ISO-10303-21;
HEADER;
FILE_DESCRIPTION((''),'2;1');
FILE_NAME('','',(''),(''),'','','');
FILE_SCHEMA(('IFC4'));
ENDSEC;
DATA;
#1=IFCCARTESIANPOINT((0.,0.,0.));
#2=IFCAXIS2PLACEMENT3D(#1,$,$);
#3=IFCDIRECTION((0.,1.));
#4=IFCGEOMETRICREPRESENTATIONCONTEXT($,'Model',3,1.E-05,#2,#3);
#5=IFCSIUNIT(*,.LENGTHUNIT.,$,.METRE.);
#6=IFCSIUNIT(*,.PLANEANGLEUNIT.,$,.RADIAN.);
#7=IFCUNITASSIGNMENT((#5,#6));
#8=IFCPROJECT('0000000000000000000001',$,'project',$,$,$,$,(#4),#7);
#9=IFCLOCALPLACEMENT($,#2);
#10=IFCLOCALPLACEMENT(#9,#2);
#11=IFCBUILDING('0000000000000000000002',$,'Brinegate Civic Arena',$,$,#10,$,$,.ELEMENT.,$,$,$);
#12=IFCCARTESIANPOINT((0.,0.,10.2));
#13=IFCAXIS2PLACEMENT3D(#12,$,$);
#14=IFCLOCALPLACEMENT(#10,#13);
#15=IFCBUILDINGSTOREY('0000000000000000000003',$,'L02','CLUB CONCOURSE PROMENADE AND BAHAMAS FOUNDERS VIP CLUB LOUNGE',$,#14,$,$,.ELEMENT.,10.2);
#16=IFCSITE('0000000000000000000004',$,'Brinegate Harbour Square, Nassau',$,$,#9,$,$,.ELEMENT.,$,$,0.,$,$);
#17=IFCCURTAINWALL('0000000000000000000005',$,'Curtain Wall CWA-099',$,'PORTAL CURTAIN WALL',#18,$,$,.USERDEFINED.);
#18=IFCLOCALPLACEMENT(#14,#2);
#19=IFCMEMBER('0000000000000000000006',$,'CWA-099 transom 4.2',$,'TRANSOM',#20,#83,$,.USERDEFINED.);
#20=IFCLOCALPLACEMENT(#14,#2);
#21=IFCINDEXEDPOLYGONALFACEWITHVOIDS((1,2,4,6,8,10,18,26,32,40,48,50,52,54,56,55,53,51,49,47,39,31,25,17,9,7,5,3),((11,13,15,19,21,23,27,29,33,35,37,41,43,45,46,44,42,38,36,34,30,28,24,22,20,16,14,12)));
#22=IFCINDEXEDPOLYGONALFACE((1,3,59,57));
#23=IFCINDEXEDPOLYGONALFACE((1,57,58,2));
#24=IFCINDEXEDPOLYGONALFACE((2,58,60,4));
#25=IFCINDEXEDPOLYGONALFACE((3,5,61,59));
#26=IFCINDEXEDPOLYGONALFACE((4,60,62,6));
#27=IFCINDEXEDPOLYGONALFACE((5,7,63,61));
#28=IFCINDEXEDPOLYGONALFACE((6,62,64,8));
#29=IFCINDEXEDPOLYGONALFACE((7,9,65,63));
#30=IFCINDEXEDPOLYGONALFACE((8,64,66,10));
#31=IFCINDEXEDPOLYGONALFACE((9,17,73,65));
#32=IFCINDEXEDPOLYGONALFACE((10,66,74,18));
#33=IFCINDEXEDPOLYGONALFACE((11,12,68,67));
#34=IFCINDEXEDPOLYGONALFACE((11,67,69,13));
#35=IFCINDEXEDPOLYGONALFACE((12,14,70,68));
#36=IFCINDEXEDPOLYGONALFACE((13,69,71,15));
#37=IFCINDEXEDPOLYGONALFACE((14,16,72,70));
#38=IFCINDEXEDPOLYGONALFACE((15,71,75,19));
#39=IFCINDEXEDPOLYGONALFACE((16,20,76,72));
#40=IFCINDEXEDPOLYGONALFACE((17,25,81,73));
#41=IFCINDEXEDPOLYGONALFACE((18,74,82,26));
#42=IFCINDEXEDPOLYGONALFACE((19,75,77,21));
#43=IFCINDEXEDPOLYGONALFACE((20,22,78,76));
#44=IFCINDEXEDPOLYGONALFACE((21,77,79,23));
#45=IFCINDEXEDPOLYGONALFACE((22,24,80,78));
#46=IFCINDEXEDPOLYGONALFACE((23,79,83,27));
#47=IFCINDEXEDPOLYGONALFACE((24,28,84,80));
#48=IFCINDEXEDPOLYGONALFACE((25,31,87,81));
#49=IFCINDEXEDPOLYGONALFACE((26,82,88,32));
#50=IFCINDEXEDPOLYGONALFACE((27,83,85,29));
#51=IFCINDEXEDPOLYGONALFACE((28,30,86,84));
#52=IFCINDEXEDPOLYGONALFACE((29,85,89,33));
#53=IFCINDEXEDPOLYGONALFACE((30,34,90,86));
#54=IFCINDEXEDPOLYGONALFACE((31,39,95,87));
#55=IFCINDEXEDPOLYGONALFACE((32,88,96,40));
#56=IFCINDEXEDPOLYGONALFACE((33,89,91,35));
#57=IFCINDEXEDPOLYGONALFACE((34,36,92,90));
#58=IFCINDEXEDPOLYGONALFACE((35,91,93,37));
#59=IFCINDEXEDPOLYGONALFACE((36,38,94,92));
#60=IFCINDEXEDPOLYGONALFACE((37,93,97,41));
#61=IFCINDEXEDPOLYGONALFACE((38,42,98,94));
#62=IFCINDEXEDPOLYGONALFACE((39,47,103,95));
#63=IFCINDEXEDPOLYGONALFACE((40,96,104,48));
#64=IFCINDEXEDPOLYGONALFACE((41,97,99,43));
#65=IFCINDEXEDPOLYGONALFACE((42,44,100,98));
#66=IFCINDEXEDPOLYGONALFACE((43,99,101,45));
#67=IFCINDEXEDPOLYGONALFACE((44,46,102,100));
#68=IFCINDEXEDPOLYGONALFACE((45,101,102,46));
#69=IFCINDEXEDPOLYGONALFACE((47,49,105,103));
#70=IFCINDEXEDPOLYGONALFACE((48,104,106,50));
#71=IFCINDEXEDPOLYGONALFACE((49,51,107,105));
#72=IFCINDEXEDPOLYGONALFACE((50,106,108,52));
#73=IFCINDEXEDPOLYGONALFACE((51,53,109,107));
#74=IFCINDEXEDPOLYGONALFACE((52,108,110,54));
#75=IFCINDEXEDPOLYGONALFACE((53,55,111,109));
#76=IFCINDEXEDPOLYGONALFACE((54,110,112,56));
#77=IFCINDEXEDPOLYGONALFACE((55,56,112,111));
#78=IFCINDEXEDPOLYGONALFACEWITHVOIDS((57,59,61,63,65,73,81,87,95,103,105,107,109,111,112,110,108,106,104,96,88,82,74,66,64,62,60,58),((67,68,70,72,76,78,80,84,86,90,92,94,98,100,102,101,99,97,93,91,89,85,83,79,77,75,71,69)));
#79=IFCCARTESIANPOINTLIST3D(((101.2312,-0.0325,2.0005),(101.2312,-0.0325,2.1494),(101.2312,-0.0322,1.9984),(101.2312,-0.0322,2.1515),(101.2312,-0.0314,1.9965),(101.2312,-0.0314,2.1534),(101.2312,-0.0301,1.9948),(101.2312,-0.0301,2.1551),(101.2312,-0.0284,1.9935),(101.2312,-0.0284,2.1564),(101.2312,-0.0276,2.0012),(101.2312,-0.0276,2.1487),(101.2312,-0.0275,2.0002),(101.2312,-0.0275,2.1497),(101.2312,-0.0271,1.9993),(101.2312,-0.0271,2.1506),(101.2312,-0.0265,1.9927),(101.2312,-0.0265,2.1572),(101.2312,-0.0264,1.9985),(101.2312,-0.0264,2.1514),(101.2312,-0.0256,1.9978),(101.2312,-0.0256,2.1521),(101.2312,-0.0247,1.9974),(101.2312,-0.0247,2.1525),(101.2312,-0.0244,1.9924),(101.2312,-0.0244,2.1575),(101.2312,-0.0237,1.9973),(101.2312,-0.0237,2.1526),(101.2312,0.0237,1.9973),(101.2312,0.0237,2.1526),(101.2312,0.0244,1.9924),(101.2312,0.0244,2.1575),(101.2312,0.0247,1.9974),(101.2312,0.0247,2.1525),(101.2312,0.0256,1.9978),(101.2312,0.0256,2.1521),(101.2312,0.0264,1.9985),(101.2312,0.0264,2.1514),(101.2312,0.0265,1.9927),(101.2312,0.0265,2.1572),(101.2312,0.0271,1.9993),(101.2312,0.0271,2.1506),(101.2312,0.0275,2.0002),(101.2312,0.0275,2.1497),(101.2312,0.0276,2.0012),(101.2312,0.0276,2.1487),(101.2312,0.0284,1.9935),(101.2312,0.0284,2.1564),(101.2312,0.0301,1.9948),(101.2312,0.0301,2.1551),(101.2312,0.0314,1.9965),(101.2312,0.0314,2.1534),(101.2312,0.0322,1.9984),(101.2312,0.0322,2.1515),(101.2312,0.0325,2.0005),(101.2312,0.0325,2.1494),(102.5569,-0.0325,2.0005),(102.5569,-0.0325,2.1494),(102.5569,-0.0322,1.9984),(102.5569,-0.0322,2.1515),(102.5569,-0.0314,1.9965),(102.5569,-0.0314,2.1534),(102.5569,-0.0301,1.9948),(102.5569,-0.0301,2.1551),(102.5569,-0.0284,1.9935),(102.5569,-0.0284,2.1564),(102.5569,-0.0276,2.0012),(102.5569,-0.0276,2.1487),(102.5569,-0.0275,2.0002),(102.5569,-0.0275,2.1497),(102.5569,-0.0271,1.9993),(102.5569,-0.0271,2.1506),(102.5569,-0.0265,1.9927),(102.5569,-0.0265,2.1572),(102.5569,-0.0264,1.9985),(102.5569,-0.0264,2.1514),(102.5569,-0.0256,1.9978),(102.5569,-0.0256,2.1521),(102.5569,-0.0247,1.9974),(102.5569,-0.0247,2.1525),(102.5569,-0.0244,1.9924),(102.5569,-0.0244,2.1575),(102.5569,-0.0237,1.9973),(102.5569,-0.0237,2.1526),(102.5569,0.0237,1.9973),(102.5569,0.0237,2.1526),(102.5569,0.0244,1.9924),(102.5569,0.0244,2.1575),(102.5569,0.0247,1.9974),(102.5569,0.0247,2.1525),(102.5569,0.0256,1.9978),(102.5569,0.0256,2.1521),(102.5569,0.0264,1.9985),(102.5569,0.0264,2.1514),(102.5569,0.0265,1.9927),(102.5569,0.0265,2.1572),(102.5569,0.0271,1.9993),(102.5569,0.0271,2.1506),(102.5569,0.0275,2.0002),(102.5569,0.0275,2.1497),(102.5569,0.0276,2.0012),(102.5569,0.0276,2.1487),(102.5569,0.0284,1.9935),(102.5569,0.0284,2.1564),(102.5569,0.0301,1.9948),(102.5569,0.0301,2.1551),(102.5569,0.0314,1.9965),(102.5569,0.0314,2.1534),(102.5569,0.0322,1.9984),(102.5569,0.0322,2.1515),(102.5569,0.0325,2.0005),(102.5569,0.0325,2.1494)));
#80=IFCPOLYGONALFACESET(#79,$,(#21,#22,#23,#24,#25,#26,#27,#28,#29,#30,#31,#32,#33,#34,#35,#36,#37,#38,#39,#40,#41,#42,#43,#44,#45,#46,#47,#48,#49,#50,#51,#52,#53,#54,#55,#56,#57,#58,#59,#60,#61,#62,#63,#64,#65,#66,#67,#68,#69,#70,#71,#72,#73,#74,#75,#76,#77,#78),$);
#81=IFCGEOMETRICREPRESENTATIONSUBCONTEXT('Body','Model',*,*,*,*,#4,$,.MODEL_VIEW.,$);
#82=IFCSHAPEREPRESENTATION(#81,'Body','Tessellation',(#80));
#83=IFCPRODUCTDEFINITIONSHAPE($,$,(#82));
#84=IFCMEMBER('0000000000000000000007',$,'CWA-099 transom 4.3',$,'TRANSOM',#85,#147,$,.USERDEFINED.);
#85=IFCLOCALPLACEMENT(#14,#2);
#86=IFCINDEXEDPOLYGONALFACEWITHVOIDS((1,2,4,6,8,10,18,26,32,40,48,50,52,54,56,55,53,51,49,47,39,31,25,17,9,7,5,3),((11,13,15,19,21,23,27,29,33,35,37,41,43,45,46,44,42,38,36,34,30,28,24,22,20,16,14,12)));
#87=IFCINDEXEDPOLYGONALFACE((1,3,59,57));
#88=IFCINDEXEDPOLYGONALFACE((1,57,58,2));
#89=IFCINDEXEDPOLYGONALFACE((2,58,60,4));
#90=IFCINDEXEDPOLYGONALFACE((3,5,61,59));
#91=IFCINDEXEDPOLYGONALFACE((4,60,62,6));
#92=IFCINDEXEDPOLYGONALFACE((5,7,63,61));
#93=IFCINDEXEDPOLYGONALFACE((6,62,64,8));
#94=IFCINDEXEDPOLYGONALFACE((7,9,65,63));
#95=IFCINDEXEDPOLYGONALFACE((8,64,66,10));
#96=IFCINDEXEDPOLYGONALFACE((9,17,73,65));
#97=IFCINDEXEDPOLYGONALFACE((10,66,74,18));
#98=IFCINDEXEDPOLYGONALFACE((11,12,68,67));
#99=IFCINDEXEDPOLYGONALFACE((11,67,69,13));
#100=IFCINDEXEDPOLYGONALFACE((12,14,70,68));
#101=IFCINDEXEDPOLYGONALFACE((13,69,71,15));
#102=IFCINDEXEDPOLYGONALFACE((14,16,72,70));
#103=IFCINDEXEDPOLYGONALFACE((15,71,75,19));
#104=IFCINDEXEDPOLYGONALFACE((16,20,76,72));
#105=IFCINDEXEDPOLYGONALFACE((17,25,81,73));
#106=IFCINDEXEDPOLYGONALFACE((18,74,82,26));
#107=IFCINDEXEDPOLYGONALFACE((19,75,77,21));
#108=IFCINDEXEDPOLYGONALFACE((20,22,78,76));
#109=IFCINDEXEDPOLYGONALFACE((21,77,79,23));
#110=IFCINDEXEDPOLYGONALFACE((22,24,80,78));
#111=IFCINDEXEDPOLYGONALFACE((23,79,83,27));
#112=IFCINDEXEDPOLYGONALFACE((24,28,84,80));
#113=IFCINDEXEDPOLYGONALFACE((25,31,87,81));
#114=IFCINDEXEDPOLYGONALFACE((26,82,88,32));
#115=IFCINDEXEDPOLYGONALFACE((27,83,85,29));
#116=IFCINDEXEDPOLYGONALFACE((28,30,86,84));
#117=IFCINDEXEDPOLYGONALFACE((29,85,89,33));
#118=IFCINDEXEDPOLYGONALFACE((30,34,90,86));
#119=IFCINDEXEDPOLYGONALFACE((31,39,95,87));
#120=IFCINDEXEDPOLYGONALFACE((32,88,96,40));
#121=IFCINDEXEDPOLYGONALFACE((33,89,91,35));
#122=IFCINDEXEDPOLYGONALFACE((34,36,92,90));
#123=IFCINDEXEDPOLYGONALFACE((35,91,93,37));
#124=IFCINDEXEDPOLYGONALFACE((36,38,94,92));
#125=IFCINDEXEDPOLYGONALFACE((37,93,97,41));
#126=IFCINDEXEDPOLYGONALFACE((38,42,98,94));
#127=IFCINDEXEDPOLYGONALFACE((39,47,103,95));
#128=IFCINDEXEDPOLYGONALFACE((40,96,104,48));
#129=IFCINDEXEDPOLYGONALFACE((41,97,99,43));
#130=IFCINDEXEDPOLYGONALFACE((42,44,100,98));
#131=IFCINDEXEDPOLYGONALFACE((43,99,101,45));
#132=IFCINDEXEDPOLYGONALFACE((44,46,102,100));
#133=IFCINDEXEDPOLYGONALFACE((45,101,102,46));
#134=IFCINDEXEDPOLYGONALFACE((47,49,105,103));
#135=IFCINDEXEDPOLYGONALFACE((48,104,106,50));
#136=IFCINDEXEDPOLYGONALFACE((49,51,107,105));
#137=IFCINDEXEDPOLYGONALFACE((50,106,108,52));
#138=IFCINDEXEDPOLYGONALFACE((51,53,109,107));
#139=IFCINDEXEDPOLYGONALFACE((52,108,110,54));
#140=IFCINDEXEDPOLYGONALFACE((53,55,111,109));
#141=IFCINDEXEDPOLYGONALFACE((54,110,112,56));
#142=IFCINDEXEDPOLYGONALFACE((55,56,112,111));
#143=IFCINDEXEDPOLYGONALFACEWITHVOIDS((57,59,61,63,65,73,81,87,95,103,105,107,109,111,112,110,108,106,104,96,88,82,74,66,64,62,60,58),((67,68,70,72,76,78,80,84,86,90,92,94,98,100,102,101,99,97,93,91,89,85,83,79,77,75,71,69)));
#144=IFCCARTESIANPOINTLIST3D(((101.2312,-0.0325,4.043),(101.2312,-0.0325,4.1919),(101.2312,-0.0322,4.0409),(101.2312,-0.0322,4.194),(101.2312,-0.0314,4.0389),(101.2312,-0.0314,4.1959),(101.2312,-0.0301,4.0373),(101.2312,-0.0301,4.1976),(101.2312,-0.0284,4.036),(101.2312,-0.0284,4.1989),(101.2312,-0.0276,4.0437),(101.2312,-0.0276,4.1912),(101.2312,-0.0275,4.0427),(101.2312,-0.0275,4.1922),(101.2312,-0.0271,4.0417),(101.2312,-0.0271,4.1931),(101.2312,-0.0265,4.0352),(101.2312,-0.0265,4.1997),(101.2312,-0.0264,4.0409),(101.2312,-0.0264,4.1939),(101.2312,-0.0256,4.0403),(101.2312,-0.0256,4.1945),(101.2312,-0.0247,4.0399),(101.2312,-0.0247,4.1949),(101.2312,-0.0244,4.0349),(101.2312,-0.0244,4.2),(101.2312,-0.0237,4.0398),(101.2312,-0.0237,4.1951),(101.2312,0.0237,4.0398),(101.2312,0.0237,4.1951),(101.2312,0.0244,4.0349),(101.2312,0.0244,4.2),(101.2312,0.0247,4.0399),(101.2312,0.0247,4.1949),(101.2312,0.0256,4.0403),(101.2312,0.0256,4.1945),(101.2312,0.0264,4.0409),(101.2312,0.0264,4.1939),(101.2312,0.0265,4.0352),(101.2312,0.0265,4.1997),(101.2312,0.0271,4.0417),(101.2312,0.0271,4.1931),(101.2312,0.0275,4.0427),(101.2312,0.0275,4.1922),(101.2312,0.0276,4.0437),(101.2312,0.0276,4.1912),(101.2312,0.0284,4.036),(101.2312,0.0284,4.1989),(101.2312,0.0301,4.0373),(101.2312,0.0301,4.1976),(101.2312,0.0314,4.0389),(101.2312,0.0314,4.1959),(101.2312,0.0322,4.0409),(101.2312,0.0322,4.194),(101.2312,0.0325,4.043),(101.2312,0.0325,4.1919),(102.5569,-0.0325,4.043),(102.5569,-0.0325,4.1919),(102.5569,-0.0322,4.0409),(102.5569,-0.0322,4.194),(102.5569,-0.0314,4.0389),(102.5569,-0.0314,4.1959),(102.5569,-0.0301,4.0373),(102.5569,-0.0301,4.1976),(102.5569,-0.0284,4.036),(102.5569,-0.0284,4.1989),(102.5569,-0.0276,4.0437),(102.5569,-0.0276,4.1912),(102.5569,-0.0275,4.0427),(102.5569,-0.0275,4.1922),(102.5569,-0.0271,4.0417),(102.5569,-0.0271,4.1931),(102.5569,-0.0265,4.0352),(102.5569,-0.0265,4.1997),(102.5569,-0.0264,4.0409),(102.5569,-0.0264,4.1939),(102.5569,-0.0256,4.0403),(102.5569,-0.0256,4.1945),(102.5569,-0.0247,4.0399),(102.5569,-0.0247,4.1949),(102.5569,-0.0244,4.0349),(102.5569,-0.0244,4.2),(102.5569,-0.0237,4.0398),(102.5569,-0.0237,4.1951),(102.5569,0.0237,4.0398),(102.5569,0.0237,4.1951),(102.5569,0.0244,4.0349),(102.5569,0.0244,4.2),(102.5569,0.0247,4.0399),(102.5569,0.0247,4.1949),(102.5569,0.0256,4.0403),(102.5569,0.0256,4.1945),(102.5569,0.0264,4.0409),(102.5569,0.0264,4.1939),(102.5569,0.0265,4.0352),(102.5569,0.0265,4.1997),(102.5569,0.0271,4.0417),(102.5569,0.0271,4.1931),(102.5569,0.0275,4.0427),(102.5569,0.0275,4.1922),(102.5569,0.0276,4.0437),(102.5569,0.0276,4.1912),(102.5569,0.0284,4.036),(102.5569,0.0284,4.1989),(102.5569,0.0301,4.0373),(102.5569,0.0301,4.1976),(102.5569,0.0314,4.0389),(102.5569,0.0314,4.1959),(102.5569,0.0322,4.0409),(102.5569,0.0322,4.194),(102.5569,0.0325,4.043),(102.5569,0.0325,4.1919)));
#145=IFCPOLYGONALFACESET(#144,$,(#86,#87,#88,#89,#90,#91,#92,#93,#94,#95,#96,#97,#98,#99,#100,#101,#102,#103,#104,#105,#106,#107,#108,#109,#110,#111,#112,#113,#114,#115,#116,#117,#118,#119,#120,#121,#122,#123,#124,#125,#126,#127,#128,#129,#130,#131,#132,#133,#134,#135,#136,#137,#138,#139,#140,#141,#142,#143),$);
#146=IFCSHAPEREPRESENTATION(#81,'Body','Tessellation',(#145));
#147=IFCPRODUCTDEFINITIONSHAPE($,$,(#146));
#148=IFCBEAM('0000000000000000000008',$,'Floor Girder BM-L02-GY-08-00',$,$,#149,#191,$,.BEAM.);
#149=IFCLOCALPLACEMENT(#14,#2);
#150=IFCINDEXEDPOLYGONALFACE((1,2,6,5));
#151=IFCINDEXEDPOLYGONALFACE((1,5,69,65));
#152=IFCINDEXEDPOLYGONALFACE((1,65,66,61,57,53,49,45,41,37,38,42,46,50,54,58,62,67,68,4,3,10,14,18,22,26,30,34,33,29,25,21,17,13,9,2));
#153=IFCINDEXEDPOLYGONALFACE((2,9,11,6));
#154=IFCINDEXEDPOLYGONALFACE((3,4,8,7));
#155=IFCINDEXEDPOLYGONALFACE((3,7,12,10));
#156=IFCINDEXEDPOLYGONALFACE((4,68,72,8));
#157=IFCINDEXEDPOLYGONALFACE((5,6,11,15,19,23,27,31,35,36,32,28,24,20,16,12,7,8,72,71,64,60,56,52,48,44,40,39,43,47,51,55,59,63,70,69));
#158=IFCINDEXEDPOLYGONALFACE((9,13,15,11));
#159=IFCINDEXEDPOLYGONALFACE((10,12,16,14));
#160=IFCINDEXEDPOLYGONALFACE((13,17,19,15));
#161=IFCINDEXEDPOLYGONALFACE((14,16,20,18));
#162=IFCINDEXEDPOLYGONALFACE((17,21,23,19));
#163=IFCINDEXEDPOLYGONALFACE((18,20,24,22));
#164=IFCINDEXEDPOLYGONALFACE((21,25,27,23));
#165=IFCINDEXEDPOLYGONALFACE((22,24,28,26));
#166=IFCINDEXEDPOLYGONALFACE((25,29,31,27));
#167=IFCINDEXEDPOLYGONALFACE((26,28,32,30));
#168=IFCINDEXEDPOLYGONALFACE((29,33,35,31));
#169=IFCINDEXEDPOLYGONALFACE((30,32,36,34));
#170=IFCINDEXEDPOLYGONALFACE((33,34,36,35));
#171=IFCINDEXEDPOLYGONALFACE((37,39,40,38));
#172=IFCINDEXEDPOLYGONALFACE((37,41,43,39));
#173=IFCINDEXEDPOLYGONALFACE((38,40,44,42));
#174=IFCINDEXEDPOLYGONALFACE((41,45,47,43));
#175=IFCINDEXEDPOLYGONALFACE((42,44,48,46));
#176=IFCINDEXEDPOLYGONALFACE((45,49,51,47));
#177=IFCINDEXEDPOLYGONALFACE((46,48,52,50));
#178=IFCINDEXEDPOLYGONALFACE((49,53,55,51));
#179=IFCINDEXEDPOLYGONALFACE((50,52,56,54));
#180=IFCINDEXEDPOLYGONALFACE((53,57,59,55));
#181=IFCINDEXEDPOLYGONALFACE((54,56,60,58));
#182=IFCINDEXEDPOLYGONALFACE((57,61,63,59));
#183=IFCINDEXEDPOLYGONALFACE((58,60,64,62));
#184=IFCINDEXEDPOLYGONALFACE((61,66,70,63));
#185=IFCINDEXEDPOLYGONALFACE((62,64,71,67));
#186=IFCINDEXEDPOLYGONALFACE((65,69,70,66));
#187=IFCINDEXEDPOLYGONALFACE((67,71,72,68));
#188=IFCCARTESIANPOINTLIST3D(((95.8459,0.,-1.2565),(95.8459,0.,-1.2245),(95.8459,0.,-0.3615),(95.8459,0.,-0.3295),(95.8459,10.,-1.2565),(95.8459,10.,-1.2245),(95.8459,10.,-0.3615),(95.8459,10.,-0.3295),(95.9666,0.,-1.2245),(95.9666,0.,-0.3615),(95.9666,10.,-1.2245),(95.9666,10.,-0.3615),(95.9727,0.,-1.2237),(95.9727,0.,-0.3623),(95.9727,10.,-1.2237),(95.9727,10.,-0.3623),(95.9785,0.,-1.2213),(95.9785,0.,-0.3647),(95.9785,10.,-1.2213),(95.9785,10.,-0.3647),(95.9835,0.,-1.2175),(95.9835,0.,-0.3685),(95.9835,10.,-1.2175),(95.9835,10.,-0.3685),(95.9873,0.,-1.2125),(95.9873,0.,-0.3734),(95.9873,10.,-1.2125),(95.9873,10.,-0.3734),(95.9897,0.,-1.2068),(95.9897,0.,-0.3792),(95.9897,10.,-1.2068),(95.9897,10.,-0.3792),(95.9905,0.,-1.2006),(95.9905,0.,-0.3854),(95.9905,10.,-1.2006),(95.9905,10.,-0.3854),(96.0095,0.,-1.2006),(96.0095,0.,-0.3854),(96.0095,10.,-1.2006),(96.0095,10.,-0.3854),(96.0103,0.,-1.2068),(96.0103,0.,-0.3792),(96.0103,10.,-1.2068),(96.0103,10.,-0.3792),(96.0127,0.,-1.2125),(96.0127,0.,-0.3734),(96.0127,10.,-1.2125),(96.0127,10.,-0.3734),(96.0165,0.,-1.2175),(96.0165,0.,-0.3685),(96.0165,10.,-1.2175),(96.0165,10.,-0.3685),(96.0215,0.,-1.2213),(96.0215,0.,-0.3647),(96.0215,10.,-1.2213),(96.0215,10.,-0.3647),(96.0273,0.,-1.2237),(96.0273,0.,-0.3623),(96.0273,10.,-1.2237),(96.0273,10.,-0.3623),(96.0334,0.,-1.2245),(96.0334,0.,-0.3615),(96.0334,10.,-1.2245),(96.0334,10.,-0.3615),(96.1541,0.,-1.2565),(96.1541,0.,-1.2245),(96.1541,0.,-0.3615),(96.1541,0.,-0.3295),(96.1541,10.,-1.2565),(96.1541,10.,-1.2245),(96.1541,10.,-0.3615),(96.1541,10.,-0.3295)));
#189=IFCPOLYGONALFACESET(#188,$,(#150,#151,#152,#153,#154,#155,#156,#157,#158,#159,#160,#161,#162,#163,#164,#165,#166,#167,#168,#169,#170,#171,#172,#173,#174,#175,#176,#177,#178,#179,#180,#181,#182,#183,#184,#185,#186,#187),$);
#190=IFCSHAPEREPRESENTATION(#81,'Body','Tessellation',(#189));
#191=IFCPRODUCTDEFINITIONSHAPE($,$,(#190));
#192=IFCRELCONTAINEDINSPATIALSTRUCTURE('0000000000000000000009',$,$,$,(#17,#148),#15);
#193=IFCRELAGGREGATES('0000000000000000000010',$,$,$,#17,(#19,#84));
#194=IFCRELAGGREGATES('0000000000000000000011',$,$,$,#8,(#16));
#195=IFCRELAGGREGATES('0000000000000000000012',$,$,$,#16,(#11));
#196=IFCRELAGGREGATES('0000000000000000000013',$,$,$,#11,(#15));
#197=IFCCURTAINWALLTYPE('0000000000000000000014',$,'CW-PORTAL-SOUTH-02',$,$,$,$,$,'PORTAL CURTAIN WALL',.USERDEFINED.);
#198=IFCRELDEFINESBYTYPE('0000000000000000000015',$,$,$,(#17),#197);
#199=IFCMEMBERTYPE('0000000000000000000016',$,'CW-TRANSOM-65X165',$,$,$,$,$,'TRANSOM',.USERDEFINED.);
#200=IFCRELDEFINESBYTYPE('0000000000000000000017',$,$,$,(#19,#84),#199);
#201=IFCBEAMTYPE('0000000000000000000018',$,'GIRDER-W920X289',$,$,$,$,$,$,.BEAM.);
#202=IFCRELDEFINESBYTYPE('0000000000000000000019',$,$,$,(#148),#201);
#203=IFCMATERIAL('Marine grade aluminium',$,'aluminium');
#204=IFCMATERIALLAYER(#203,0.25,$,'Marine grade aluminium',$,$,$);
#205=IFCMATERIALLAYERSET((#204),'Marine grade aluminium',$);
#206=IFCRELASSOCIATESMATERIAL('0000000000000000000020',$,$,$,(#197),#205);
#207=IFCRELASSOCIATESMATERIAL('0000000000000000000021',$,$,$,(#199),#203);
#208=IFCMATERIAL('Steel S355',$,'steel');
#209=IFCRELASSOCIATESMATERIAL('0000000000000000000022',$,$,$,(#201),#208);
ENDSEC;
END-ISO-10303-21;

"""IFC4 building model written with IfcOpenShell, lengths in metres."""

from ifc_helpers import new_model, si_unit, direction, frame, origin, origin_2d, place, context, subcontext, project, spatial, hollow_rectangle, i_section, extrude, material, layer, layer_set, material_profile, profile_set, type_object, element, aggregate, save


model = new_model("IFC4")

# Units and contexts
model_context = context("Model", 3, precision=1e-05, world=origin(), true_north=direction((0.0, 1.0)))
body_context = subcontext(model_context, "Body", "Model", "MODEL_VIEW")
ifc_project = project(units=[si_unit("LENGTHUNIT", "METRE"), si_unit("PLANEANGLEUNIT", "RADIAN")], contexts=[model_context])

# Site, building, storey
site_placement = place(None, origin())
site = spatial("IfcSite", under=ifc_project, at=site_placement, Name="Brinegate Harbour Square, Nassau", CompositionType="ELEMENT", RefElevation=0.0)
building_placement = place(site_placement, origin())
building = spatial("IfcBuilding", under=site, at=building_placement, Name="Brinegate Civic Arena", CompositionType="ELEMENT")
storey_placement = place(building_placement, frame((0.0, 0.0, 10.2)))
storey = spatial("IfcBuildingStorey", under=building, at=storey_placement, Name="L02", Description="CLUB CONCOURSE PROMENADE AND BAHAMAS FOUNDERS VIP CLUB LOUNGE", CompositionType="ELEMENT", Elevation=10.2)

# Shared definitions
ifc_material_1 = material(Name="Marine grade aluminium", Category="aluminium")
ifc_layer_1 = layer(ifc_material_1, 0.25, Name="Marine grade aluminium")
ifc_layer_set_1 = layer_set([ifc_layer_1], Name="Marine grade aluminium")
curtain_wall_type = type_object("IfcCurtainWallType", Name="CW-PORTAL-SOUTH-02", ElementType="PORTAL CURTAIN WALL", PredefinedType="USERDEFINED", material=ifc_layer_set_1)

# Curtain wall, members
curtain_wall_1_placement = place(storey_placement, origin())
curtain_wall_1 = element("IfcCurtainWall", 1, at=curtain_wall_1_placement, inside=storey, type_object=curtain_wall_type, Name="Curtain Wall CWA-099", ObjectType="PORTAL CURTAIN WALL", PredefinedType="USERDEFINED")
ifc_material_profile_1 = material_profile(ifc_material_1, hollow_rectangle(XDim=0.0649, YDim=0.165, WallThickness=0.0049, InnerFilletRadius=0.0039, OuterFilletRadius=0.0081, at=origin_2d()), Name="TRN65X165")
ifc_profile_set_1 = profile_set([ifc_material_profile_1], Name="Marine grade aluminium")
member_type_1 = type_object("IfcMemberType", Name="CW-TRANSOM-65X165", ElementType="TRANSOM", PredefinedType="USERDEFINED", material=ifc_profile_set_1)
member_1_placement = place(storey_placement, frame((101.2312, 0.0, 2.075), z_axis=(1.0, 0.0, 0.0), x_axis=(0.0, 1.0, 0.0)))
member_1 = element("IfcMember", 2, at=member_1_placement, type_object=member_type_1, Name="CWA-099 transom 4.2", ObjectType="TRANSOM", PredefinedType="USERDEFINED", context=body_context, shape_type="SweptSolid", body=[
    extrude(hollow_rectangle(XDim=0.0649, YDim=0.165, WallThickness=0.0049, InnerFilletRadius=0.0039, OuterFilletRadius=0.0081, at=origin_2d()), origin(), (0.0, 0.0, 1.0), 1.3257),
])
member_2_placement = place(storey_placement, frame((101.2312, 0.0, 4.1174), z_axis=(1.0, 0.0, 0.0), x_axis=(0.0, 1.0, 0.0)))
member_2 = element("IfcMember", 3, at=member_2_placement, type_object=member_type_1, Name="CWA-099 transom 4.3", ObjectType="TRANSOM", PredefinedType="USERDEFINED", context=body_context, shape_type="SweptSolid", body=[
    extrude(hollow_rectangle(XDim=0.0649, YDim=0.165, WallThickness=0.0049, InnerFilletRadius=0.0039, OuterFilletRadius=0.0081, at=origin_2d()), origin(), (0.0, 0.0, 1.0), 1.3257),
])

# Beam
ifc_material_2 = material(Name="Steel S355", Category="steel")
ifc_material_profile_2 = material_profile(ifc_material_2, i_section(OverallWidth=0.3081, OverallDepth=0.927, WebThickness=0.019, FlangeThickness=0.032, FilletRadius=0.0239, at=origin_2d()), Name="W920X289")
ifc_profile_set_2 = profile_set([ifc_material_profile_2], Name="Steel S355")
beam_type_1 = type_object("IfcBeamType", Name="GIRDER-W920X289", PredefinedType="BEAM", material=ifc_profile_set_2)
beam_1_placement = place(storey_placement, frame((96.0, 0.0, -0.793), z_axis=(0.0, 1.0, 0.0), x_axis=(-1.0, 0.0, 0.0)))
element("IfcBeam", 4, at=beam_1_placement, inside=storey, type_object=beam_type_1, Name="Floor Girder BM-L02-GY-08-00", PredefinedType="BEAM", context=body_context, shape_type="SweptSolid", body=[
    extrude(i_section(OverallWidth=0.3081, OverallDepth=0.927, WebThickness=0.019, FlangeThickness=0.032, FilletRadius=0.0239, at=origin_2d()), origin(), (0.0, 0.0, 1.0), 10.0),
])

aggregate(curtain_wall_1, [member_1, member_2])

save(model, "model.ifc")
